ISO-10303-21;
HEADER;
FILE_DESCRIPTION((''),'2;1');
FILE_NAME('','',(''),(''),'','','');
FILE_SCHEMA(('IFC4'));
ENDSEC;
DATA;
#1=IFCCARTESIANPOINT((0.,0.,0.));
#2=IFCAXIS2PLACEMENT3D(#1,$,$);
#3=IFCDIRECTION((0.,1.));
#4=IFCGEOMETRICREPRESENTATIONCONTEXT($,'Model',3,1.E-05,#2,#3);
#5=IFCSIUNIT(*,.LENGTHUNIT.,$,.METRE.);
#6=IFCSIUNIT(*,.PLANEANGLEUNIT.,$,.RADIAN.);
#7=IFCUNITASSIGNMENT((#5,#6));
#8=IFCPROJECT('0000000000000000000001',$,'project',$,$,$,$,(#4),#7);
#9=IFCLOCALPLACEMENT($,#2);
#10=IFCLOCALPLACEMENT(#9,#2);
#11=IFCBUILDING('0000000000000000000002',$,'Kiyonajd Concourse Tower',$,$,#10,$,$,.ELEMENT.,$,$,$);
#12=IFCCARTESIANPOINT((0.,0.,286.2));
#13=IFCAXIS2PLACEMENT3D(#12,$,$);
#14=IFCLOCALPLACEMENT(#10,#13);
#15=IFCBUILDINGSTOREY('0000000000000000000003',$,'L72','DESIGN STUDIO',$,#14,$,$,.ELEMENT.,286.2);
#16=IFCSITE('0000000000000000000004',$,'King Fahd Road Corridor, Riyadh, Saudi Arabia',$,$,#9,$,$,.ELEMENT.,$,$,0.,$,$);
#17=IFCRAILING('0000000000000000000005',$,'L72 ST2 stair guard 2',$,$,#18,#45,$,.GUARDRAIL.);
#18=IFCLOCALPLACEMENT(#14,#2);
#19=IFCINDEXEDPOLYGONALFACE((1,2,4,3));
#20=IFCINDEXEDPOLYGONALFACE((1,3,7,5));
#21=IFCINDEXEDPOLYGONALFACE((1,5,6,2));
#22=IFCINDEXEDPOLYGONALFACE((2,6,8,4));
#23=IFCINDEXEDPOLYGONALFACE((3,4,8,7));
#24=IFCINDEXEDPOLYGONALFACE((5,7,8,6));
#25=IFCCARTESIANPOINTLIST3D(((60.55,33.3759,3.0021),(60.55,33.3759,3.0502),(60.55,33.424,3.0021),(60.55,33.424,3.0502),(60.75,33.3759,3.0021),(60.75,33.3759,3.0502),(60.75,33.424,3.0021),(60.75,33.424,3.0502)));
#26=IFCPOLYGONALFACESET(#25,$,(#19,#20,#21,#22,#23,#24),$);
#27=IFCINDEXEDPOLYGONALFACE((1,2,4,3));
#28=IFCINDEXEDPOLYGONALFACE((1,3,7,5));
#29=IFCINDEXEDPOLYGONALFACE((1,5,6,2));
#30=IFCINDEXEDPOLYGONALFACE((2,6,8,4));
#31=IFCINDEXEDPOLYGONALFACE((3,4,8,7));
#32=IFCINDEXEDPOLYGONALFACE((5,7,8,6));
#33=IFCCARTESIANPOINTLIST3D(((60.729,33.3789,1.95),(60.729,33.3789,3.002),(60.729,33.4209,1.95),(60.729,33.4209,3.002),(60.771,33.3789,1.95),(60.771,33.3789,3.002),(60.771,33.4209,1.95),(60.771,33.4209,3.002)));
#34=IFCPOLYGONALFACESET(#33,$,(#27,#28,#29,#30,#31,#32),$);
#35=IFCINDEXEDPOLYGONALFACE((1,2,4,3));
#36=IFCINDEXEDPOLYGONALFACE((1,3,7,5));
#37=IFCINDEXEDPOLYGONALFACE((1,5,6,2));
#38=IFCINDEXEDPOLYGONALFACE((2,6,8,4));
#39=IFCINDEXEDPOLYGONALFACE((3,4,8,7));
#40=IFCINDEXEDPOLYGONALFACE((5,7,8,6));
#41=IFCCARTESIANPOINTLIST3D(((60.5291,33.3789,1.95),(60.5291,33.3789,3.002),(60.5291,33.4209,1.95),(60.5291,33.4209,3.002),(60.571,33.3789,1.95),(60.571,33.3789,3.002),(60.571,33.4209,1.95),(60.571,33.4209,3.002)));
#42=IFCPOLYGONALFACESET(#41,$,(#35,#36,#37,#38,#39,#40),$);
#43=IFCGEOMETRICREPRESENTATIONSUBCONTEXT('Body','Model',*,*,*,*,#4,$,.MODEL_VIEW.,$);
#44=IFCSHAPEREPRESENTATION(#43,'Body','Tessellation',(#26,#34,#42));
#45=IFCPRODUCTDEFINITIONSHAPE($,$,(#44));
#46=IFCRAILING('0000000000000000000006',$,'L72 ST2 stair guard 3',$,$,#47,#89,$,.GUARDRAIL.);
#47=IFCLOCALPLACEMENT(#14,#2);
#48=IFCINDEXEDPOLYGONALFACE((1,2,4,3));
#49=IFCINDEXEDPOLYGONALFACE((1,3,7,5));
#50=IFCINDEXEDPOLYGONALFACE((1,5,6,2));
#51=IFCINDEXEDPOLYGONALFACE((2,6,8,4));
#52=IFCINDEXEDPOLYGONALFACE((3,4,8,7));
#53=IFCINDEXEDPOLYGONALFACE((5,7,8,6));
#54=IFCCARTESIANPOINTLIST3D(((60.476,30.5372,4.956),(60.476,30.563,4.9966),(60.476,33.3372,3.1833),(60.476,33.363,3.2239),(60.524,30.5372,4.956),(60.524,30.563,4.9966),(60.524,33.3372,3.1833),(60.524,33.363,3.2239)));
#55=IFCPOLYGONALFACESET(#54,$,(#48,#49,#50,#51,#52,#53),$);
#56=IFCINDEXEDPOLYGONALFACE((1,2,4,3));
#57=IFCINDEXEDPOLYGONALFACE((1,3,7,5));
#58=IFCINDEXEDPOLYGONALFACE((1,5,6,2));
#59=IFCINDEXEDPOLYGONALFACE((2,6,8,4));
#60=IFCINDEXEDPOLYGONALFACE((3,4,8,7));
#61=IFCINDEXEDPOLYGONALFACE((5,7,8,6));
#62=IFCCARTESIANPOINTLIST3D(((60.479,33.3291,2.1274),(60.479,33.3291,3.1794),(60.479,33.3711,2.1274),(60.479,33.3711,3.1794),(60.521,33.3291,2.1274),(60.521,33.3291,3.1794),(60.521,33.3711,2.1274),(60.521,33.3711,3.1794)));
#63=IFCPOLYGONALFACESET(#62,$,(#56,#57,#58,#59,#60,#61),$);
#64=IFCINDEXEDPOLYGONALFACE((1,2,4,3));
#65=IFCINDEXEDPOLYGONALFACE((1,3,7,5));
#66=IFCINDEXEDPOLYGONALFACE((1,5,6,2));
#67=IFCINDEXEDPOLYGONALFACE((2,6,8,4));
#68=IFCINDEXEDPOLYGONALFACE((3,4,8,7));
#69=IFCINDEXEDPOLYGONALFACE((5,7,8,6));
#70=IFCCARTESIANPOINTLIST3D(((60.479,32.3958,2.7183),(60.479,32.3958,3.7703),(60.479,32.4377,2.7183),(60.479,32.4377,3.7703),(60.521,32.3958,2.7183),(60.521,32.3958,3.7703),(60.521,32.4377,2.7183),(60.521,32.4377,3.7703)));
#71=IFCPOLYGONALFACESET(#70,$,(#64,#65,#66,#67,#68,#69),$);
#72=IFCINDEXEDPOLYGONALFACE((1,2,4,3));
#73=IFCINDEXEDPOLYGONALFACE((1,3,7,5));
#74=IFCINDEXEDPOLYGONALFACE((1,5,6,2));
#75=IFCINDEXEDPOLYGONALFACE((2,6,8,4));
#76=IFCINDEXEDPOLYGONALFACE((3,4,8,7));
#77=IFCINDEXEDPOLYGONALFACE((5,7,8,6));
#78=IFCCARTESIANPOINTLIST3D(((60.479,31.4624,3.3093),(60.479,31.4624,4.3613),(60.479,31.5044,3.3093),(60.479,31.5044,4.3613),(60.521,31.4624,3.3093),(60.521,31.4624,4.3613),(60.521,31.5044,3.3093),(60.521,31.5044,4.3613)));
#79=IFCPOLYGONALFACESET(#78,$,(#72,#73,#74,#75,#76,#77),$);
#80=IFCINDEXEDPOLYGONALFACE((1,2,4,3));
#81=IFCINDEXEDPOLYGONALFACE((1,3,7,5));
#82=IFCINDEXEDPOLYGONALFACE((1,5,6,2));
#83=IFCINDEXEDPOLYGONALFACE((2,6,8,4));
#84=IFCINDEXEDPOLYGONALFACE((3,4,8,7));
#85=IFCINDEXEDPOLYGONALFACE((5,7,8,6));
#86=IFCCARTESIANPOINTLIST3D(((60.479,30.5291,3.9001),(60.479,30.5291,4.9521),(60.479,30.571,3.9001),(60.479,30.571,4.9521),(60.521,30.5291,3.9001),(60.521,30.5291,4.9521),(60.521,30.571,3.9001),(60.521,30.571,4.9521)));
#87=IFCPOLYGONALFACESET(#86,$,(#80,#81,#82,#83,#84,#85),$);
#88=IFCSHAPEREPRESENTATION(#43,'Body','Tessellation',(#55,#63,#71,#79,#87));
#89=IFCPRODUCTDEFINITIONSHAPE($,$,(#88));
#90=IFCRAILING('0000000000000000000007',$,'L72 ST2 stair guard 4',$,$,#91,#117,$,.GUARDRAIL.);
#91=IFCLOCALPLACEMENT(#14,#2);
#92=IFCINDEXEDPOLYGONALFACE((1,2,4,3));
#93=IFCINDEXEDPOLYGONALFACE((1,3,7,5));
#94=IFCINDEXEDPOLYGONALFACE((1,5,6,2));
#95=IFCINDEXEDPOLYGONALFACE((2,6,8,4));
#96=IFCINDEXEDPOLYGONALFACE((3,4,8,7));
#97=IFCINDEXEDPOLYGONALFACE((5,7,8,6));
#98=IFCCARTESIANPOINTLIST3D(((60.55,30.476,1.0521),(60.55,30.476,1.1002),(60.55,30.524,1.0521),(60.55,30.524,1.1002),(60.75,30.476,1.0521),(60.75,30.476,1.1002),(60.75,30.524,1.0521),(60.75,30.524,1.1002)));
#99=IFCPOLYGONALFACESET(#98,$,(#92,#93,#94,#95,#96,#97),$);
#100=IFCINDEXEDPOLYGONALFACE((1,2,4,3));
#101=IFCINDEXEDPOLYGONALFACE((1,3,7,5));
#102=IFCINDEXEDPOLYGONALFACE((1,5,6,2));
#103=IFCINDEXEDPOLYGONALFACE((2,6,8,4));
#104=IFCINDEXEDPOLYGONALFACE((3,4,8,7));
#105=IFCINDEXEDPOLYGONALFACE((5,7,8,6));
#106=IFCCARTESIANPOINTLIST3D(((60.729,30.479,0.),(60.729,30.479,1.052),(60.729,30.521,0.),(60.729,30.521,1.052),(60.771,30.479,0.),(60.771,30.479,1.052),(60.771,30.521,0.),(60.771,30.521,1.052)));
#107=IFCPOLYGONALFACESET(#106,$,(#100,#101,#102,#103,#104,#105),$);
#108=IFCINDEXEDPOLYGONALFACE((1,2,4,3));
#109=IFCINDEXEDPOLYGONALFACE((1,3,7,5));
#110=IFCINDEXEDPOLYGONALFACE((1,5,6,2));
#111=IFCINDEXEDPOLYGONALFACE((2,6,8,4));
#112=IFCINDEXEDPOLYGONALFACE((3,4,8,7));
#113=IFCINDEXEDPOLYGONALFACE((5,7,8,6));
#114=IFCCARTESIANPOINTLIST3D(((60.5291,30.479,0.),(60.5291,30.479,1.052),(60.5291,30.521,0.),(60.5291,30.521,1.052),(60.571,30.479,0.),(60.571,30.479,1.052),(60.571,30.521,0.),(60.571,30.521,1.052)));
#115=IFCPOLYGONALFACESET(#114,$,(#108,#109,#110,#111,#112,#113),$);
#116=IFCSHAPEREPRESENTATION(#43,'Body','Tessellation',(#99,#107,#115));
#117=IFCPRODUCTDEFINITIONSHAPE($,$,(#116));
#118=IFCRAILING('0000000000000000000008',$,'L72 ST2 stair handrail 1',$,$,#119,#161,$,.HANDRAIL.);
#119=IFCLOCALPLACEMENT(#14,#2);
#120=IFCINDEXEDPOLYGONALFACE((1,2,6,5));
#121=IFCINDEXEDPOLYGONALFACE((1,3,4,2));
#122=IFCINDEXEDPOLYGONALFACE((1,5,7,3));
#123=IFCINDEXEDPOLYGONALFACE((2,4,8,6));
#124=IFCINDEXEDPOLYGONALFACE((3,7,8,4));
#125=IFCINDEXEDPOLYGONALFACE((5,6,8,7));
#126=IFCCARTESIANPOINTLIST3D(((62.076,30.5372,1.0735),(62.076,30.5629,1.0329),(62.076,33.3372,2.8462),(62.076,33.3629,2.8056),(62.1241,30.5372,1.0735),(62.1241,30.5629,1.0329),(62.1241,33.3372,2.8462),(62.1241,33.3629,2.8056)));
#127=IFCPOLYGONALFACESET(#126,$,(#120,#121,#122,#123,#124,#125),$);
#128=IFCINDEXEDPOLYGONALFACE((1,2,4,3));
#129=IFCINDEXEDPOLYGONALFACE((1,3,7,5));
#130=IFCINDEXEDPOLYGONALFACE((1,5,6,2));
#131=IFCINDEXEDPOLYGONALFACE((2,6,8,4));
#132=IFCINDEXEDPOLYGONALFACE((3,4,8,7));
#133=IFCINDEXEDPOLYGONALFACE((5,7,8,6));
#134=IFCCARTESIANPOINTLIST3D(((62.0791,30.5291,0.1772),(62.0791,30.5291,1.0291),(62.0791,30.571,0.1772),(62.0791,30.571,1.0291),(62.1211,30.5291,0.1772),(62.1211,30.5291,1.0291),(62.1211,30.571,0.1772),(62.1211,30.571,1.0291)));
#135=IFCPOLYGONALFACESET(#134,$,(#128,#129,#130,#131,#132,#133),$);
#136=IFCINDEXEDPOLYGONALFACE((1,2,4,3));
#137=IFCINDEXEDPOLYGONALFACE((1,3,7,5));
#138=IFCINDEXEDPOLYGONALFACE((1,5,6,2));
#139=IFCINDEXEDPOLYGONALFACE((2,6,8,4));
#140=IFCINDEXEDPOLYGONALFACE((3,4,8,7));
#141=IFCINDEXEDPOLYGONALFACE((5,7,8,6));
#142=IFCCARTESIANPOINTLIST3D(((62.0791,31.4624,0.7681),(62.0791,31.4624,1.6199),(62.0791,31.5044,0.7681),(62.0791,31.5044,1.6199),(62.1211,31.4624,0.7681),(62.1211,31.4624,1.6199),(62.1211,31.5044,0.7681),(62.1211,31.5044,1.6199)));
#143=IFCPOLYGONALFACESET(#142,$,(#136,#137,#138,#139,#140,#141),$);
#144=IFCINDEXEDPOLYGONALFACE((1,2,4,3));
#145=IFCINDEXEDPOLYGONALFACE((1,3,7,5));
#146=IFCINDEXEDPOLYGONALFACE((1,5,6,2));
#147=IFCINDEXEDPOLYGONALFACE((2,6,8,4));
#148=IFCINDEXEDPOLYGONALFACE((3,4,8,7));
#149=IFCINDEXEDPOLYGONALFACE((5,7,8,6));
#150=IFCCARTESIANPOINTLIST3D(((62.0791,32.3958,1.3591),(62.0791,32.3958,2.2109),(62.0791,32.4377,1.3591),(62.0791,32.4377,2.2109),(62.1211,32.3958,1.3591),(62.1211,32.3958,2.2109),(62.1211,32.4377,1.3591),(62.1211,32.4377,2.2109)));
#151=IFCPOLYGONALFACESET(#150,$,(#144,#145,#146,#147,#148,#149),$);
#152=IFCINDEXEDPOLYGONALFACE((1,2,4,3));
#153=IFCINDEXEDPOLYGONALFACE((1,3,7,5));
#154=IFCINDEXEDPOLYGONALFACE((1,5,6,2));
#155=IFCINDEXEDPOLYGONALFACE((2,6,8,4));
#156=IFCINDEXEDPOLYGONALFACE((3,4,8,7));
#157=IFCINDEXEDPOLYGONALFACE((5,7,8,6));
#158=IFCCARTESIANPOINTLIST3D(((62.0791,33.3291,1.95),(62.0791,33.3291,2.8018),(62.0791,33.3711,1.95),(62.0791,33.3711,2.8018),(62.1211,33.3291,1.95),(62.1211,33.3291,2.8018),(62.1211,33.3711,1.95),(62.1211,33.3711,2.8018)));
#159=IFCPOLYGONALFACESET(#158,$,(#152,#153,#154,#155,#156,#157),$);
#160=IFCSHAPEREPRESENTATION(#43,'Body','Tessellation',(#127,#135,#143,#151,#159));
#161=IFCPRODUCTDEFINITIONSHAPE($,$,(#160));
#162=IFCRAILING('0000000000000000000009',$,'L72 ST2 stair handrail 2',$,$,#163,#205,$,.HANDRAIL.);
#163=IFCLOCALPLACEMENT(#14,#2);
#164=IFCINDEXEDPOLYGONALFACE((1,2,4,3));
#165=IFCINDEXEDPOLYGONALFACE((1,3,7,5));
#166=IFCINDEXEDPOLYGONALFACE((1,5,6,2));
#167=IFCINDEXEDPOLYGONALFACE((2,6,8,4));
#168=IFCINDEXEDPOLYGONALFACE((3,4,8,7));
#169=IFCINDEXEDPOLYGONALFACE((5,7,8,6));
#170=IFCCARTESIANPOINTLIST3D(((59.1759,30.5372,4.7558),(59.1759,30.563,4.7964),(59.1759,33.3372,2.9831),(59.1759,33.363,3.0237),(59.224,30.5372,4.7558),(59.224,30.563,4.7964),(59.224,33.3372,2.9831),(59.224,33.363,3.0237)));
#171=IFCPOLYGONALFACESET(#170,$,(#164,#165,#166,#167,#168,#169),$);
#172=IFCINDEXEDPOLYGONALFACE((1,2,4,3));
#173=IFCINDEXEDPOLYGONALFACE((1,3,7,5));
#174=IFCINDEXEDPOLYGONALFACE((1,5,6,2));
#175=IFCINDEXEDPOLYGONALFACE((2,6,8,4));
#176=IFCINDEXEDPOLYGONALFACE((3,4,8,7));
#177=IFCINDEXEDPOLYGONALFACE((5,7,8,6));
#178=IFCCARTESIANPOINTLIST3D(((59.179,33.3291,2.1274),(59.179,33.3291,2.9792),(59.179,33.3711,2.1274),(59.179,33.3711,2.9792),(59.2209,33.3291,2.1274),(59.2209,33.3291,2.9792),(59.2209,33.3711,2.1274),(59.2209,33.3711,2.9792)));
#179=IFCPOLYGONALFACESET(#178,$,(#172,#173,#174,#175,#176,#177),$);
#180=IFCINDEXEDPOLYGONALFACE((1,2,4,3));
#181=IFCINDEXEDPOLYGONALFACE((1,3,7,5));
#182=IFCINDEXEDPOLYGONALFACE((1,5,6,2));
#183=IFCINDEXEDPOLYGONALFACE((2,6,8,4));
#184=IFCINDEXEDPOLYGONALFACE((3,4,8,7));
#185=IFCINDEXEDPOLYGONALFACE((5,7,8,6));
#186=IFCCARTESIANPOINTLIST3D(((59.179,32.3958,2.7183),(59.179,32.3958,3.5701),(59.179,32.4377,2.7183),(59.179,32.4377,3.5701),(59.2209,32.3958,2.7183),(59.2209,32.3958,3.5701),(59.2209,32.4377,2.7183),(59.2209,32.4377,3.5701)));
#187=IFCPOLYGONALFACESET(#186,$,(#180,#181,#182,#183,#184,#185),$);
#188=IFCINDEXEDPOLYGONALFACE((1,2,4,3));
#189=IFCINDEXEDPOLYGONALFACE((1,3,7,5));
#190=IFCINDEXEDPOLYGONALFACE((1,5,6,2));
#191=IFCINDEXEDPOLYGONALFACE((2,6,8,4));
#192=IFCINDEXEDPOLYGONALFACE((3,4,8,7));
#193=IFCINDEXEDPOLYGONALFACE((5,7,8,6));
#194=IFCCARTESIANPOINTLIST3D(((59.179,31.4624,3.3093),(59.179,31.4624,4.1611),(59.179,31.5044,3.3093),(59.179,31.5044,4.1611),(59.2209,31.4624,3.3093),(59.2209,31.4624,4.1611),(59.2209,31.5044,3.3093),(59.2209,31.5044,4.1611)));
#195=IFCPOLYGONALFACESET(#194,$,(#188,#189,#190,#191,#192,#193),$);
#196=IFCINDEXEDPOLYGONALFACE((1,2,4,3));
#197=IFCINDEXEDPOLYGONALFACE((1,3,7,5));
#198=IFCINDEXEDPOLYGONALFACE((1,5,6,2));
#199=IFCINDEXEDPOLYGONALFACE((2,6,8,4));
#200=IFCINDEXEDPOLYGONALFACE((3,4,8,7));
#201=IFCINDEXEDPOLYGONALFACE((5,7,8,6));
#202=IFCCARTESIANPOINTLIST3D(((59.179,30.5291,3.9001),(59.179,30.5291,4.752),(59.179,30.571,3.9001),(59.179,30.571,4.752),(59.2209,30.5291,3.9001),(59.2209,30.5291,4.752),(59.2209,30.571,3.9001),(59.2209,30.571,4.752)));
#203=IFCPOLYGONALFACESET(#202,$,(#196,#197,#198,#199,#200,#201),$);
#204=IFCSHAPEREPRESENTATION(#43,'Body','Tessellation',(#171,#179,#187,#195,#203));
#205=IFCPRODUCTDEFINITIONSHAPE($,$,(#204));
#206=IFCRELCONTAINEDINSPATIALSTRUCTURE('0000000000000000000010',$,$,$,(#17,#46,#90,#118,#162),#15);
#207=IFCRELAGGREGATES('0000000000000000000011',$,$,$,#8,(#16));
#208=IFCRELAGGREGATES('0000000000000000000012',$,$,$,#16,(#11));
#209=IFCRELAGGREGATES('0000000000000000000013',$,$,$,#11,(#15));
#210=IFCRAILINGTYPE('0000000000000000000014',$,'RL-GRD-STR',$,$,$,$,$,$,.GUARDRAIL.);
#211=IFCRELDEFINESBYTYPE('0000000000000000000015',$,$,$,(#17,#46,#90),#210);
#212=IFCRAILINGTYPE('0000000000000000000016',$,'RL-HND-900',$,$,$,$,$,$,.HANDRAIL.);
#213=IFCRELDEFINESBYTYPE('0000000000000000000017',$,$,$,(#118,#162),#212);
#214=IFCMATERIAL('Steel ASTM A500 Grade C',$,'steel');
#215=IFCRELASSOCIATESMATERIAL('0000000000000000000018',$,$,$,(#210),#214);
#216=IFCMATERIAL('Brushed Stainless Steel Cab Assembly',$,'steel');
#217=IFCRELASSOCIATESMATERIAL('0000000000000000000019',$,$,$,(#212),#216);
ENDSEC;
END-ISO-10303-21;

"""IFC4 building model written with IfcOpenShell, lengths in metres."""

from ifc_helpers import new_model, si_unit, direction, frame, origin, origin_2d, place, context, subcontext, project, spatial, rectangle, extrude, material, type_object, element, save


model = new_model("IFC4")

# Units and contexts
model_context = context("Model", 3, precision=1e-05, world=origin(), true_north=direction((0.0, 1.0)))
body_context = subcontext(model_context, "Body", "Model", "MODEL_VIEW")
ifc_project = project(units=[si_unit("LENGTHUNIT", "METRE"), si_unit("PLANEANGLEUNIT", "RADIAN")], contexts=[model_context])

# Site, building, storey
site_placement = place(None, origin())
site = spatial("IfcSite", under=ifc_project, at=site_placement, Name="King Fahd Road Corridor, Riyadh, Saudi Arabia", CompositionType="ELEMENT", RefElevation=0.0)
building_placement = place(site_placement, origin())
building = spatial("IfcBuilding", under=site, at=building_placement, Name="Kiyonajd Concourse Tower", CompositionType="ELEMENT")
storey_placement = place(building_placement, frame((0.0, 0.0, 286.2)))
storey = spatial("IfcBuildingStorey", under=building, at=storey_placement, Name="L72", Description="DESIGN STUDIO", CompositionType="ELEMENT", Elevation=286.2)

# Railings
ifc_material_1 = material(Name="Steel ASTM A500 Grade C", Category="steel")
railing_type_1 = type_object("IfcRailingType", Name="RL-GRD-STR", PredefinedType="GUARDRAIL", material=ifc_material_1)
railing_1_placement = place(storey_placement, frame((60.75, 33.3999, 1.95)))
element("IfcRailing", 1, at=railing_1_placement, inside=storey, type_object=railing_type_1, Name="L72 ST2 stair guard 2", PredefinedType="GUARDRAIL", context=body_context, shape_type="SweptSolid", body=[
    extrude(rectangle(XDim=0.0481, YDim=0.0481, at=origin_2d()), frame((0.0, 0.0, 1.0762), z_axis=(-1.0, 0.0, 0.0), x_axis=(0.0, -1.0, 0.0)), (0.0, 0.0, 1.0), 0.2),
    extrude(rectangle(XDim=0.042, YDim=0.042, at=origin_2d()), origin(), (0.0, 0.0, 1.0), 1.052),
    extrude(rectangle(XDim=0.042, YDim=0.042, at=origin_2d()), frame((-0.2, 0.0, 0.0)), (0.0, 0.0, 1.0), 1.052),
])
railing_2_placement = place(storey_placement, frame((60.5, 33.3501, 2.1274)))
element("IfcRailing", 2, at=railing_2_placement, inside=storey, type_object=railing_type_1, Name="L72 ST2 stair guard 3", PredefinedType="GUARDRAIL", context=body_context, shape_type="SweptSolid", body=[
    extrude(rectangle(XDim=0.0481, YDim=0.0481, at=origin_2d()), frame((0.0, 0.0, 1.0762), z_axis=(0.0, -0.844909, 0.53491), x_axis=(1.0, 0.0, 0.0)), (0.0, 0.0, 1.0), 3.314),
    extrude(rectangle(XDim=0.042, YDim=0.042, at=origin_2d()), origin(), (0.0, 0.0, 1.0), 1.052),
    extrude(rectangle(XDim=0.042, YDim=0.042, at=origin_2d()), frame((0.0, -0.9333, 0.5908)), (0.0, 0.0, 1.0), 1.052),
    extrude(rectangle(XDim=0.042, YDim=0.042, at=origin_2d()), frame((0.0, -1.8667, 1.1819)), (0.0, 0.0, 1.0), 1.052),
    extrude(rectangle(XDim=0.042, YDim=0.042, at=origin_2d()), frame((0.0, -2.8, 1.7727)), (0.0, 0.0, 1.0), 1.052),
])
railing_3_placement = place(storey_placement, frame((60.75, 30.5, 0.0)))
element("IfcRailing", 3, at=railing_3_placement, inside=storey, type_object=railing_type_1, Name="L72 ST2 stair guard 4", PredefinedType="GUARDRAIL", context=body_context, shape_type="SweptSolid", body=[
    extrude(rectangle(XDim=0.0481, YDim=0.0481, at=origin_2d()), frame((0.0, 0.0, 1.0762), z_axis=(-1.0, 0.0, 0.0), x_axis=(0.0, -1.0, 0.0)), (0.0, 0.0, 1.0), 0.2),
    extrude(rectangle(XDim=0.042, YDim=0.042, at=origin_2d()), origin(), (0.0, 0.0, 1.0), 1.052),
    extrude(rectangle(XDim=0.042, YDim=0.042, at=origin_2d()), frame((-0.2, 0.0, 0.0)), (0.0, 0.0, 1.0), 1.052),
])
ifc_material_2 = material(Name="Brushed Stainless Steel Cab Assembly", Category="steel")
railing_type_2 = type_object("IfcRailingType", Name="RL-HND-900", PredefinedType="HANDRAIL", material=ifc_material_2)
railing_4_placement = place(storey_placement, frame((62.1001, 30.55, 0.1772)))
element("IfcRailing", 4, at=railing_4_placement, inside=storey, type_object=railing_type_2, Name="L72 ST2 stair handrail 1", PredefinedType="HANDRAIL", context=body_context, shape_type="SweptSolid", body=[
    extrude(rectangle(XDim=0.0481, YDim=0.0481, at=origin_2d()), frame((0.0, 0.0, 0.876), z_axis=(0.0, 0.844909, 0.53491), x_axis=(-1.0, 0.0, 0.0)), (0.0, 0.0, 1.0), 3.314),
    extrude(rectangle(XDim=0.042, YDim=0.042, at=origin_2d()), origin(), (0.0, 0.0, 1.0), 0.8518),
    extrude(rectangle(XDim=0.042, YDim=0.042, at=origin_2d()), frame((0.0, 0.9333, 0.5908)), (0.0, 0.0, 1.0), 0.8518),
    extrude(rectangle(XDim=0.042, YDim=0.042, at=origin_2d()), frame((0.0, 1.8667, 1.1819)), (0.0, 0.0, 1.0), 0.8518),
    extrude(rectangle(XDim=0.042, YDim=0.042, at=origin_2d()), frame((0.0, 2.8, 1.7727)), (0.0, 0.0, 1.0), 0.8518),
])
railing_5_placement = place(storey_placement, frame((59.2, 33.3501, 2.1274)))
element("IfcRailing", 5, at=railing_5_placement, inside=storey, type_object=railing_type_2, Name="L72 ST2 stair handrail 2", PredefinedType="HANDRAIL", context=body_context, shape_type="SweptSolid", body=[
    extrude(rectangle(XDim=0.0481, YDim=0.0481, at=origin_2d()), frame((0.0, 0.0, 0.876), z_axis=(0.0, -0.844909, 0.53491), x_axis=(1.0, 0.0, 0.0)), (0.0, 0.0, 1.0), 3.314),
    extrude(rectangle(XDim=0.042, YDim=0.042, at=origin_2d()), origin(), (0.0, 0.0, 1.0), 0.8518),
    extrude(rectangle(XDim=0.042, YDim=0.042, at=origin_2d()), frame((0.0, -0.9333, 0.5908)), (0.0, 0.0, 1.0), 0.8518),
    extrude(rectangle(XDim=0.042, YDim=0.042, at=origin_2d()), frame((0.0, -1.8667, 1.1819)), (0.0, 0.0, 1.0), 0.8518),
    extrude(rectangle(XDim=0.042, YDim=0.042, at=origin_2d()), frame((0.0, -2.8, 1.7727)), (0.0, 0.0, 1.0), 0.8518),
])

save(model, "model.ifc")
